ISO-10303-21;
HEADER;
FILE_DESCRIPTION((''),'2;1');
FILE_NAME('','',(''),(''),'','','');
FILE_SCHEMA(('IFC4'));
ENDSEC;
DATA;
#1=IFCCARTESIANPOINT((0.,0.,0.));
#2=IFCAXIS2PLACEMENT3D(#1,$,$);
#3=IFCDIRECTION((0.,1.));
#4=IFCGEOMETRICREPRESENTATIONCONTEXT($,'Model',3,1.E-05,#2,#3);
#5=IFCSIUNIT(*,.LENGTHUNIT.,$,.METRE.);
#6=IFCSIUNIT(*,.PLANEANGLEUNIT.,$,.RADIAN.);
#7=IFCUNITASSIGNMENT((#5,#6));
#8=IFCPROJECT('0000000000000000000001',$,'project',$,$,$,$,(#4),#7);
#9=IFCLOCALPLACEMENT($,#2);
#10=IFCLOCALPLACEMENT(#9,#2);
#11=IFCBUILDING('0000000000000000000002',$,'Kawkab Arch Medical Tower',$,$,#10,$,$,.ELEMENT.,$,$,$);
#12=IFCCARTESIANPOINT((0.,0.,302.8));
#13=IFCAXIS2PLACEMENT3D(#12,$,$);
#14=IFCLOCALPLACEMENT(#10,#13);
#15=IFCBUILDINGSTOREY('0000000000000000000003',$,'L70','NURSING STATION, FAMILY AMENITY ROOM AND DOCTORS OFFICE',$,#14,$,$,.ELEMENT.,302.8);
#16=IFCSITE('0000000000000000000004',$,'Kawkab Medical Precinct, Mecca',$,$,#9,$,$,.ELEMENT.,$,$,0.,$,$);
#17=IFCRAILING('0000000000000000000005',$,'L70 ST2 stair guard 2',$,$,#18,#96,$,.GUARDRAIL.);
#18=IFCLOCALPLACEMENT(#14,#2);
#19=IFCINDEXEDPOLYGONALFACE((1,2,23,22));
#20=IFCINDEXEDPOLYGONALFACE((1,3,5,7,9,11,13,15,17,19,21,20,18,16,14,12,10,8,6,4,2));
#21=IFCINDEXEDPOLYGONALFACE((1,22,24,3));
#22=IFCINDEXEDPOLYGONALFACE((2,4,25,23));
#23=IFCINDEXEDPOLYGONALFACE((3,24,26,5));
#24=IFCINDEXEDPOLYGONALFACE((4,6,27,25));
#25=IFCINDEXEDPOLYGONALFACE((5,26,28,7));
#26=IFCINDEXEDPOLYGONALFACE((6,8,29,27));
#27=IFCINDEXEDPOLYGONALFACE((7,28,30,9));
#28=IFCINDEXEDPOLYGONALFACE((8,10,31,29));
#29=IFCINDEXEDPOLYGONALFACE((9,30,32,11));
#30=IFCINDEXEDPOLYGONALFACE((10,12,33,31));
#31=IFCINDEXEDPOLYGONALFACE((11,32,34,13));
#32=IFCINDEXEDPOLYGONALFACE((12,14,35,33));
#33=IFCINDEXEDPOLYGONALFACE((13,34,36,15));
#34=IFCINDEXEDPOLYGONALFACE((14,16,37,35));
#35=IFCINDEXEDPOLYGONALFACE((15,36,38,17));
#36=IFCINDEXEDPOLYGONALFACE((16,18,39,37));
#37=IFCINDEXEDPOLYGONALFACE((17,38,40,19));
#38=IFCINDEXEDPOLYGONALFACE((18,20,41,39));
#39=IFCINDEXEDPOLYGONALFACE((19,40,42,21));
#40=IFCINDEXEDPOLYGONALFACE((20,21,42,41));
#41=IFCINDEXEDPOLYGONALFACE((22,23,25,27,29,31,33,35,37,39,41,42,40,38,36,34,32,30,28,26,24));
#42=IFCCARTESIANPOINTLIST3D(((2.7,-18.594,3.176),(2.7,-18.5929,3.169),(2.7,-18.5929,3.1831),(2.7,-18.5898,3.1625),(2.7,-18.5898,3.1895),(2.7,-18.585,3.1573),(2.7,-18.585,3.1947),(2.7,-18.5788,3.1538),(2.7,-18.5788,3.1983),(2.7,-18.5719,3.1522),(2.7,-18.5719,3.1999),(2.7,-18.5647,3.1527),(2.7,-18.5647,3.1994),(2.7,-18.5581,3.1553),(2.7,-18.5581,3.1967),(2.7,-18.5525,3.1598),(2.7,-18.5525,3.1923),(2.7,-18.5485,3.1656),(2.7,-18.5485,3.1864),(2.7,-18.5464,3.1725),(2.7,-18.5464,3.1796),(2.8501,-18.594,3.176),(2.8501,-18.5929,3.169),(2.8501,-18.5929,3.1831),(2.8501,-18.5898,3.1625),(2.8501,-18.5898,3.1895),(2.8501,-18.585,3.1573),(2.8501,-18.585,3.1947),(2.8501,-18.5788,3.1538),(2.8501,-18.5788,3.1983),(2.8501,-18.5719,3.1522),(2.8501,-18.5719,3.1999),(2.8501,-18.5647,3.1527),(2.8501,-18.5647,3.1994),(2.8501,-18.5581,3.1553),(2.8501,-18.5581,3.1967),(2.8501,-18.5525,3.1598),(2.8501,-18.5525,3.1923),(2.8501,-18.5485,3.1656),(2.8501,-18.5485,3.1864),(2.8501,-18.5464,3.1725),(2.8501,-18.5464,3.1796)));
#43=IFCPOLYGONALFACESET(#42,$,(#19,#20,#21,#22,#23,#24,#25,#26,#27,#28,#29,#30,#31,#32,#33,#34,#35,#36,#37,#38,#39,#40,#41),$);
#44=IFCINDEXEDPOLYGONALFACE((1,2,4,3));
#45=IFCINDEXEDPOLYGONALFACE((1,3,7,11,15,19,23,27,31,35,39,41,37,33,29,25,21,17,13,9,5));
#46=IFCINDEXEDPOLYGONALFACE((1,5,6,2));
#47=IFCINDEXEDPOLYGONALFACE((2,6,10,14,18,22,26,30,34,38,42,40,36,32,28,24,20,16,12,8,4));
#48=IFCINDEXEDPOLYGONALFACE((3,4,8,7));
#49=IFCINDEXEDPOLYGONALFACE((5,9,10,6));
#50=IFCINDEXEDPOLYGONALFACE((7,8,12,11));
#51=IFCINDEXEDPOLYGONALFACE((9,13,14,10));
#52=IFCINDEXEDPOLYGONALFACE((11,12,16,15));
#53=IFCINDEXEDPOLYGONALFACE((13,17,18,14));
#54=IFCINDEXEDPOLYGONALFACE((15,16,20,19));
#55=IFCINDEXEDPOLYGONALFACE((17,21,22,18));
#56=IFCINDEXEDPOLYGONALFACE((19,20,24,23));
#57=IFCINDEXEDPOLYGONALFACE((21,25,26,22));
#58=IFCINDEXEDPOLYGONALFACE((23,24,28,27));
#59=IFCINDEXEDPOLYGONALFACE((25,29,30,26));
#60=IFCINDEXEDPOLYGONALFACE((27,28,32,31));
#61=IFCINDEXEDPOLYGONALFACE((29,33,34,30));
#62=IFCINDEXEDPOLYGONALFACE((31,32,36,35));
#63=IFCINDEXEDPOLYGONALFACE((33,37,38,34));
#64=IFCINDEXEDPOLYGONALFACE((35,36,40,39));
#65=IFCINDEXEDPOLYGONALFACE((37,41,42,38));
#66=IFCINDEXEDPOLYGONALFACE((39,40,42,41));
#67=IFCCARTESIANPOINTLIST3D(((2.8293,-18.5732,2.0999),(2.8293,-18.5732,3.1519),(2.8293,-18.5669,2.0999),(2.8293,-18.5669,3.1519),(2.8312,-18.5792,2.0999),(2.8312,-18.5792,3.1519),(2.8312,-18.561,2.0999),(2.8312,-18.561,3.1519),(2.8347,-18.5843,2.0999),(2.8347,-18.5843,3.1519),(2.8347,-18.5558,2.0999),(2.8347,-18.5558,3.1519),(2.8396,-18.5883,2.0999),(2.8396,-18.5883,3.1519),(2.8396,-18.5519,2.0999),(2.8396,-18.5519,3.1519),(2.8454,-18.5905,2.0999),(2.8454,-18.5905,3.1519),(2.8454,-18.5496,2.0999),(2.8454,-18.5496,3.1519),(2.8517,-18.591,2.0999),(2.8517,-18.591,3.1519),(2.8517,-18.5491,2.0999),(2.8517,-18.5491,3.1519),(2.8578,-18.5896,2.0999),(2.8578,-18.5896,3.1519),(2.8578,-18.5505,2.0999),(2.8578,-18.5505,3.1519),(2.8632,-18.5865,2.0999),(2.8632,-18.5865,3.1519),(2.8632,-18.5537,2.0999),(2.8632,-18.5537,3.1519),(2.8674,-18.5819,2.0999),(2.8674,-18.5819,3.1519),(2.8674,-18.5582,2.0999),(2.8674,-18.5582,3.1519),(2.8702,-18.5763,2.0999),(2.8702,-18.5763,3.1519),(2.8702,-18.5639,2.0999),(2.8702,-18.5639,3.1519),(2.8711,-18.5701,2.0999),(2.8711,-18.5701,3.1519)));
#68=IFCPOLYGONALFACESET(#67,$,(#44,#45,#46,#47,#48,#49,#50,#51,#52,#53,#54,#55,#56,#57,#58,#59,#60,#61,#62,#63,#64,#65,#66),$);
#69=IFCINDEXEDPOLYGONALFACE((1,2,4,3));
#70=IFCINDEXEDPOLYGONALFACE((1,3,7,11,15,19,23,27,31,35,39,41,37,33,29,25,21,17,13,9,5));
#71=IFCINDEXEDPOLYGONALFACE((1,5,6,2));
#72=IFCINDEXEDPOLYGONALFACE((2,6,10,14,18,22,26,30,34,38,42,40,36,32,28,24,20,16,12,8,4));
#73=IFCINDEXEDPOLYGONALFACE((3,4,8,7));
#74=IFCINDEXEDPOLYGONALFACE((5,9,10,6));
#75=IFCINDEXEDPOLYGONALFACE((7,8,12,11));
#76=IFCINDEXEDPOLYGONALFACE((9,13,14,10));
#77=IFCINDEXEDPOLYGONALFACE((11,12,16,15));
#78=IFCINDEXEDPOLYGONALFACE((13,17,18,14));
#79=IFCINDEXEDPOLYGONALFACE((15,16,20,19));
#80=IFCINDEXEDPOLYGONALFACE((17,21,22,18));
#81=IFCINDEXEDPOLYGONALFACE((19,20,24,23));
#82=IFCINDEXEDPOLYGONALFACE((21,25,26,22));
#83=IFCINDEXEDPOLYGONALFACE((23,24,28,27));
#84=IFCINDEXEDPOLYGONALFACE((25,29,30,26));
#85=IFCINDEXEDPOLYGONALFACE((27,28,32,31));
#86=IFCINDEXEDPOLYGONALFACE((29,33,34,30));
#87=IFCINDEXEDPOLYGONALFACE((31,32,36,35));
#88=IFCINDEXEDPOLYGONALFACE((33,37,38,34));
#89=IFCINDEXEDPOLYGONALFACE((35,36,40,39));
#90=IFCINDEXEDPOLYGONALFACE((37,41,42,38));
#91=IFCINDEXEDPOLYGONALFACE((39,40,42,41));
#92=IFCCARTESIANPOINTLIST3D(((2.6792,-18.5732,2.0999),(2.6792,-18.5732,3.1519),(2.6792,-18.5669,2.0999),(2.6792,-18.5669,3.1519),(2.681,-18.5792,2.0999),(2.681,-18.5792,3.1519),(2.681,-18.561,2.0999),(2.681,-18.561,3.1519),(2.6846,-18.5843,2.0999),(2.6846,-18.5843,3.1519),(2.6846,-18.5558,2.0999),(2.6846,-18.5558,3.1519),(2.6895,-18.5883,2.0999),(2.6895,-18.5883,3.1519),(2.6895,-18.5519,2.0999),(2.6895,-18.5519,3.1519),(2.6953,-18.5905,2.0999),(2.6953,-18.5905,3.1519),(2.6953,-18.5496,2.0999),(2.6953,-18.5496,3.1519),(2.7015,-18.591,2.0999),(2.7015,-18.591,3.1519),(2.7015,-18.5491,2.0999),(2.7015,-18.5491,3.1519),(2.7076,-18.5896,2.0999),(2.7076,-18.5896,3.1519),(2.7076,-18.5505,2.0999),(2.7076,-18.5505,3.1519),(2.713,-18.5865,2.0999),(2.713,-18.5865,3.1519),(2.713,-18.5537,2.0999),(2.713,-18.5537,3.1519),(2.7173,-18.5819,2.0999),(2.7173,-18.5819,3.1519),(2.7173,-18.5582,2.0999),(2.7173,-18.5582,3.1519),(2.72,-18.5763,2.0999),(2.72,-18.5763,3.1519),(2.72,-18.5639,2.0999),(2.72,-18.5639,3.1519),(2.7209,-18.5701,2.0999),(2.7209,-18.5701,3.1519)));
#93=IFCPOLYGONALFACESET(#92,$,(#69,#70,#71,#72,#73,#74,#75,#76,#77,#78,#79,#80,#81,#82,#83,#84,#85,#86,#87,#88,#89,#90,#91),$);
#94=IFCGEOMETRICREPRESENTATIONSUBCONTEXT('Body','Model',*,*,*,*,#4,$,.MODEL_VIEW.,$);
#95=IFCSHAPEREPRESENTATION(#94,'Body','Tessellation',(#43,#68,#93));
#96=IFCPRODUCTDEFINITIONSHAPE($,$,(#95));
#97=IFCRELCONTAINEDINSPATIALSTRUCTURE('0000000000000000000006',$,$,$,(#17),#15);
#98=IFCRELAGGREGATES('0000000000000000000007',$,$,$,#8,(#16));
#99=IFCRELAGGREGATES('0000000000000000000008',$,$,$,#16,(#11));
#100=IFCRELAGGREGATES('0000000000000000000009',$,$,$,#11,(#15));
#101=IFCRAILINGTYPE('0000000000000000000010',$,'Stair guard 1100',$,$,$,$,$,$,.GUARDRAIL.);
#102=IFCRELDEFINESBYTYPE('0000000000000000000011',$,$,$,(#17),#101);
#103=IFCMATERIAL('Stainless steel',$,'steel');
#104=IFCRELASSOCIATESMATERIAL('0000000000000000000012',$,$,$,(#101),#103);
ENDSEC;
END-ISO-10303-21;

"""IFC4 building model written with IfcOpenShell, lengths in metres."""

from ifc_helpers import new_model, si_unit, direction, frame, origin, origin_2d, place, context, subcontext, project, spatial, circle, extrude, material, type_object, element, save


model = new_model("IFC4")

# Units and contexts
model_context = context("Model", 3, precision=1e-05, world=origin(), true_north=direction((0.0, 1.0)))
body_context = subcontext(model_context, "Body", "Model", "MODEL_VIEW")
ifc_project = project(units=[si_unit("LENGTHUNIT", "METRE"), si_unit("PLANEANGLEUNIT", "RADIAN")], contexts=[model_context])

# Site, building, storey
site_placement = place(None, origin())
site = spatial("IfcSite", under=ifc_project, at=site_placement, Name="Kawkab Medical Precinct, Mecca", CompositionType="ELEMENT", RefElevation=0.0)
building_placement = place(site_placement, origin())
building = spatial("IfcBuilding", under=site, at=building_placement, Name="Kawkab Arch Medical Tower", CompositionType="ELEMENT")
storey_placement = place(building_placement, frame((0.0, 0.0, 302.8)))
storey = spatial("IfcBuildingStorey", under=building, at=storey_placement, Name="L70", Description="NURSING STATION, FAMILY AMENITY ROOM AND DOCTORS OFFICE", CompositionType="ELEMENT", Elevation=302.8)

# Railing
ifc_material_1 = material(Name="Stainless steel", Category="steel")
railing_type = type_object("IfcRailingType", Name="Stair guard 1100", PredefinedType="GUARDRAIL", material=ifc_material_1)
railing_1_placement = place(storey_placement, frame((2.8501, -18.5701, 2.0999)))
element("IfcRailing", 1, at=railing_1_placement, inside=storey, type_object=railing_type, Name="L70 ST2 stair guard 2", PredefinedType="GUARDRAIL", context=body_context, shape_type="SweptSolid", body=[
    extrude(circle(Radius=0.0239, at=origin_2d()), frame((0.0, 0.0, 1.0762), z_axis=(-1.0, 0.0, 0.0), x_axis=(0.0, -1.0, 0.0)), (0.0, 0.0, 1.0), 0.1501),
    extrude(circle(Radius=0.021, at=origin_2d()), origin(), (0.0, 0.0, 1.0), 1.052),
    extrude(circle(Radius=0.021, at=origin_2d()), frame((-0.1501, 0.0, 0.0)), (0.0, 0.0, 1.0), 1.052),
])

save(model, "model.ifc")
